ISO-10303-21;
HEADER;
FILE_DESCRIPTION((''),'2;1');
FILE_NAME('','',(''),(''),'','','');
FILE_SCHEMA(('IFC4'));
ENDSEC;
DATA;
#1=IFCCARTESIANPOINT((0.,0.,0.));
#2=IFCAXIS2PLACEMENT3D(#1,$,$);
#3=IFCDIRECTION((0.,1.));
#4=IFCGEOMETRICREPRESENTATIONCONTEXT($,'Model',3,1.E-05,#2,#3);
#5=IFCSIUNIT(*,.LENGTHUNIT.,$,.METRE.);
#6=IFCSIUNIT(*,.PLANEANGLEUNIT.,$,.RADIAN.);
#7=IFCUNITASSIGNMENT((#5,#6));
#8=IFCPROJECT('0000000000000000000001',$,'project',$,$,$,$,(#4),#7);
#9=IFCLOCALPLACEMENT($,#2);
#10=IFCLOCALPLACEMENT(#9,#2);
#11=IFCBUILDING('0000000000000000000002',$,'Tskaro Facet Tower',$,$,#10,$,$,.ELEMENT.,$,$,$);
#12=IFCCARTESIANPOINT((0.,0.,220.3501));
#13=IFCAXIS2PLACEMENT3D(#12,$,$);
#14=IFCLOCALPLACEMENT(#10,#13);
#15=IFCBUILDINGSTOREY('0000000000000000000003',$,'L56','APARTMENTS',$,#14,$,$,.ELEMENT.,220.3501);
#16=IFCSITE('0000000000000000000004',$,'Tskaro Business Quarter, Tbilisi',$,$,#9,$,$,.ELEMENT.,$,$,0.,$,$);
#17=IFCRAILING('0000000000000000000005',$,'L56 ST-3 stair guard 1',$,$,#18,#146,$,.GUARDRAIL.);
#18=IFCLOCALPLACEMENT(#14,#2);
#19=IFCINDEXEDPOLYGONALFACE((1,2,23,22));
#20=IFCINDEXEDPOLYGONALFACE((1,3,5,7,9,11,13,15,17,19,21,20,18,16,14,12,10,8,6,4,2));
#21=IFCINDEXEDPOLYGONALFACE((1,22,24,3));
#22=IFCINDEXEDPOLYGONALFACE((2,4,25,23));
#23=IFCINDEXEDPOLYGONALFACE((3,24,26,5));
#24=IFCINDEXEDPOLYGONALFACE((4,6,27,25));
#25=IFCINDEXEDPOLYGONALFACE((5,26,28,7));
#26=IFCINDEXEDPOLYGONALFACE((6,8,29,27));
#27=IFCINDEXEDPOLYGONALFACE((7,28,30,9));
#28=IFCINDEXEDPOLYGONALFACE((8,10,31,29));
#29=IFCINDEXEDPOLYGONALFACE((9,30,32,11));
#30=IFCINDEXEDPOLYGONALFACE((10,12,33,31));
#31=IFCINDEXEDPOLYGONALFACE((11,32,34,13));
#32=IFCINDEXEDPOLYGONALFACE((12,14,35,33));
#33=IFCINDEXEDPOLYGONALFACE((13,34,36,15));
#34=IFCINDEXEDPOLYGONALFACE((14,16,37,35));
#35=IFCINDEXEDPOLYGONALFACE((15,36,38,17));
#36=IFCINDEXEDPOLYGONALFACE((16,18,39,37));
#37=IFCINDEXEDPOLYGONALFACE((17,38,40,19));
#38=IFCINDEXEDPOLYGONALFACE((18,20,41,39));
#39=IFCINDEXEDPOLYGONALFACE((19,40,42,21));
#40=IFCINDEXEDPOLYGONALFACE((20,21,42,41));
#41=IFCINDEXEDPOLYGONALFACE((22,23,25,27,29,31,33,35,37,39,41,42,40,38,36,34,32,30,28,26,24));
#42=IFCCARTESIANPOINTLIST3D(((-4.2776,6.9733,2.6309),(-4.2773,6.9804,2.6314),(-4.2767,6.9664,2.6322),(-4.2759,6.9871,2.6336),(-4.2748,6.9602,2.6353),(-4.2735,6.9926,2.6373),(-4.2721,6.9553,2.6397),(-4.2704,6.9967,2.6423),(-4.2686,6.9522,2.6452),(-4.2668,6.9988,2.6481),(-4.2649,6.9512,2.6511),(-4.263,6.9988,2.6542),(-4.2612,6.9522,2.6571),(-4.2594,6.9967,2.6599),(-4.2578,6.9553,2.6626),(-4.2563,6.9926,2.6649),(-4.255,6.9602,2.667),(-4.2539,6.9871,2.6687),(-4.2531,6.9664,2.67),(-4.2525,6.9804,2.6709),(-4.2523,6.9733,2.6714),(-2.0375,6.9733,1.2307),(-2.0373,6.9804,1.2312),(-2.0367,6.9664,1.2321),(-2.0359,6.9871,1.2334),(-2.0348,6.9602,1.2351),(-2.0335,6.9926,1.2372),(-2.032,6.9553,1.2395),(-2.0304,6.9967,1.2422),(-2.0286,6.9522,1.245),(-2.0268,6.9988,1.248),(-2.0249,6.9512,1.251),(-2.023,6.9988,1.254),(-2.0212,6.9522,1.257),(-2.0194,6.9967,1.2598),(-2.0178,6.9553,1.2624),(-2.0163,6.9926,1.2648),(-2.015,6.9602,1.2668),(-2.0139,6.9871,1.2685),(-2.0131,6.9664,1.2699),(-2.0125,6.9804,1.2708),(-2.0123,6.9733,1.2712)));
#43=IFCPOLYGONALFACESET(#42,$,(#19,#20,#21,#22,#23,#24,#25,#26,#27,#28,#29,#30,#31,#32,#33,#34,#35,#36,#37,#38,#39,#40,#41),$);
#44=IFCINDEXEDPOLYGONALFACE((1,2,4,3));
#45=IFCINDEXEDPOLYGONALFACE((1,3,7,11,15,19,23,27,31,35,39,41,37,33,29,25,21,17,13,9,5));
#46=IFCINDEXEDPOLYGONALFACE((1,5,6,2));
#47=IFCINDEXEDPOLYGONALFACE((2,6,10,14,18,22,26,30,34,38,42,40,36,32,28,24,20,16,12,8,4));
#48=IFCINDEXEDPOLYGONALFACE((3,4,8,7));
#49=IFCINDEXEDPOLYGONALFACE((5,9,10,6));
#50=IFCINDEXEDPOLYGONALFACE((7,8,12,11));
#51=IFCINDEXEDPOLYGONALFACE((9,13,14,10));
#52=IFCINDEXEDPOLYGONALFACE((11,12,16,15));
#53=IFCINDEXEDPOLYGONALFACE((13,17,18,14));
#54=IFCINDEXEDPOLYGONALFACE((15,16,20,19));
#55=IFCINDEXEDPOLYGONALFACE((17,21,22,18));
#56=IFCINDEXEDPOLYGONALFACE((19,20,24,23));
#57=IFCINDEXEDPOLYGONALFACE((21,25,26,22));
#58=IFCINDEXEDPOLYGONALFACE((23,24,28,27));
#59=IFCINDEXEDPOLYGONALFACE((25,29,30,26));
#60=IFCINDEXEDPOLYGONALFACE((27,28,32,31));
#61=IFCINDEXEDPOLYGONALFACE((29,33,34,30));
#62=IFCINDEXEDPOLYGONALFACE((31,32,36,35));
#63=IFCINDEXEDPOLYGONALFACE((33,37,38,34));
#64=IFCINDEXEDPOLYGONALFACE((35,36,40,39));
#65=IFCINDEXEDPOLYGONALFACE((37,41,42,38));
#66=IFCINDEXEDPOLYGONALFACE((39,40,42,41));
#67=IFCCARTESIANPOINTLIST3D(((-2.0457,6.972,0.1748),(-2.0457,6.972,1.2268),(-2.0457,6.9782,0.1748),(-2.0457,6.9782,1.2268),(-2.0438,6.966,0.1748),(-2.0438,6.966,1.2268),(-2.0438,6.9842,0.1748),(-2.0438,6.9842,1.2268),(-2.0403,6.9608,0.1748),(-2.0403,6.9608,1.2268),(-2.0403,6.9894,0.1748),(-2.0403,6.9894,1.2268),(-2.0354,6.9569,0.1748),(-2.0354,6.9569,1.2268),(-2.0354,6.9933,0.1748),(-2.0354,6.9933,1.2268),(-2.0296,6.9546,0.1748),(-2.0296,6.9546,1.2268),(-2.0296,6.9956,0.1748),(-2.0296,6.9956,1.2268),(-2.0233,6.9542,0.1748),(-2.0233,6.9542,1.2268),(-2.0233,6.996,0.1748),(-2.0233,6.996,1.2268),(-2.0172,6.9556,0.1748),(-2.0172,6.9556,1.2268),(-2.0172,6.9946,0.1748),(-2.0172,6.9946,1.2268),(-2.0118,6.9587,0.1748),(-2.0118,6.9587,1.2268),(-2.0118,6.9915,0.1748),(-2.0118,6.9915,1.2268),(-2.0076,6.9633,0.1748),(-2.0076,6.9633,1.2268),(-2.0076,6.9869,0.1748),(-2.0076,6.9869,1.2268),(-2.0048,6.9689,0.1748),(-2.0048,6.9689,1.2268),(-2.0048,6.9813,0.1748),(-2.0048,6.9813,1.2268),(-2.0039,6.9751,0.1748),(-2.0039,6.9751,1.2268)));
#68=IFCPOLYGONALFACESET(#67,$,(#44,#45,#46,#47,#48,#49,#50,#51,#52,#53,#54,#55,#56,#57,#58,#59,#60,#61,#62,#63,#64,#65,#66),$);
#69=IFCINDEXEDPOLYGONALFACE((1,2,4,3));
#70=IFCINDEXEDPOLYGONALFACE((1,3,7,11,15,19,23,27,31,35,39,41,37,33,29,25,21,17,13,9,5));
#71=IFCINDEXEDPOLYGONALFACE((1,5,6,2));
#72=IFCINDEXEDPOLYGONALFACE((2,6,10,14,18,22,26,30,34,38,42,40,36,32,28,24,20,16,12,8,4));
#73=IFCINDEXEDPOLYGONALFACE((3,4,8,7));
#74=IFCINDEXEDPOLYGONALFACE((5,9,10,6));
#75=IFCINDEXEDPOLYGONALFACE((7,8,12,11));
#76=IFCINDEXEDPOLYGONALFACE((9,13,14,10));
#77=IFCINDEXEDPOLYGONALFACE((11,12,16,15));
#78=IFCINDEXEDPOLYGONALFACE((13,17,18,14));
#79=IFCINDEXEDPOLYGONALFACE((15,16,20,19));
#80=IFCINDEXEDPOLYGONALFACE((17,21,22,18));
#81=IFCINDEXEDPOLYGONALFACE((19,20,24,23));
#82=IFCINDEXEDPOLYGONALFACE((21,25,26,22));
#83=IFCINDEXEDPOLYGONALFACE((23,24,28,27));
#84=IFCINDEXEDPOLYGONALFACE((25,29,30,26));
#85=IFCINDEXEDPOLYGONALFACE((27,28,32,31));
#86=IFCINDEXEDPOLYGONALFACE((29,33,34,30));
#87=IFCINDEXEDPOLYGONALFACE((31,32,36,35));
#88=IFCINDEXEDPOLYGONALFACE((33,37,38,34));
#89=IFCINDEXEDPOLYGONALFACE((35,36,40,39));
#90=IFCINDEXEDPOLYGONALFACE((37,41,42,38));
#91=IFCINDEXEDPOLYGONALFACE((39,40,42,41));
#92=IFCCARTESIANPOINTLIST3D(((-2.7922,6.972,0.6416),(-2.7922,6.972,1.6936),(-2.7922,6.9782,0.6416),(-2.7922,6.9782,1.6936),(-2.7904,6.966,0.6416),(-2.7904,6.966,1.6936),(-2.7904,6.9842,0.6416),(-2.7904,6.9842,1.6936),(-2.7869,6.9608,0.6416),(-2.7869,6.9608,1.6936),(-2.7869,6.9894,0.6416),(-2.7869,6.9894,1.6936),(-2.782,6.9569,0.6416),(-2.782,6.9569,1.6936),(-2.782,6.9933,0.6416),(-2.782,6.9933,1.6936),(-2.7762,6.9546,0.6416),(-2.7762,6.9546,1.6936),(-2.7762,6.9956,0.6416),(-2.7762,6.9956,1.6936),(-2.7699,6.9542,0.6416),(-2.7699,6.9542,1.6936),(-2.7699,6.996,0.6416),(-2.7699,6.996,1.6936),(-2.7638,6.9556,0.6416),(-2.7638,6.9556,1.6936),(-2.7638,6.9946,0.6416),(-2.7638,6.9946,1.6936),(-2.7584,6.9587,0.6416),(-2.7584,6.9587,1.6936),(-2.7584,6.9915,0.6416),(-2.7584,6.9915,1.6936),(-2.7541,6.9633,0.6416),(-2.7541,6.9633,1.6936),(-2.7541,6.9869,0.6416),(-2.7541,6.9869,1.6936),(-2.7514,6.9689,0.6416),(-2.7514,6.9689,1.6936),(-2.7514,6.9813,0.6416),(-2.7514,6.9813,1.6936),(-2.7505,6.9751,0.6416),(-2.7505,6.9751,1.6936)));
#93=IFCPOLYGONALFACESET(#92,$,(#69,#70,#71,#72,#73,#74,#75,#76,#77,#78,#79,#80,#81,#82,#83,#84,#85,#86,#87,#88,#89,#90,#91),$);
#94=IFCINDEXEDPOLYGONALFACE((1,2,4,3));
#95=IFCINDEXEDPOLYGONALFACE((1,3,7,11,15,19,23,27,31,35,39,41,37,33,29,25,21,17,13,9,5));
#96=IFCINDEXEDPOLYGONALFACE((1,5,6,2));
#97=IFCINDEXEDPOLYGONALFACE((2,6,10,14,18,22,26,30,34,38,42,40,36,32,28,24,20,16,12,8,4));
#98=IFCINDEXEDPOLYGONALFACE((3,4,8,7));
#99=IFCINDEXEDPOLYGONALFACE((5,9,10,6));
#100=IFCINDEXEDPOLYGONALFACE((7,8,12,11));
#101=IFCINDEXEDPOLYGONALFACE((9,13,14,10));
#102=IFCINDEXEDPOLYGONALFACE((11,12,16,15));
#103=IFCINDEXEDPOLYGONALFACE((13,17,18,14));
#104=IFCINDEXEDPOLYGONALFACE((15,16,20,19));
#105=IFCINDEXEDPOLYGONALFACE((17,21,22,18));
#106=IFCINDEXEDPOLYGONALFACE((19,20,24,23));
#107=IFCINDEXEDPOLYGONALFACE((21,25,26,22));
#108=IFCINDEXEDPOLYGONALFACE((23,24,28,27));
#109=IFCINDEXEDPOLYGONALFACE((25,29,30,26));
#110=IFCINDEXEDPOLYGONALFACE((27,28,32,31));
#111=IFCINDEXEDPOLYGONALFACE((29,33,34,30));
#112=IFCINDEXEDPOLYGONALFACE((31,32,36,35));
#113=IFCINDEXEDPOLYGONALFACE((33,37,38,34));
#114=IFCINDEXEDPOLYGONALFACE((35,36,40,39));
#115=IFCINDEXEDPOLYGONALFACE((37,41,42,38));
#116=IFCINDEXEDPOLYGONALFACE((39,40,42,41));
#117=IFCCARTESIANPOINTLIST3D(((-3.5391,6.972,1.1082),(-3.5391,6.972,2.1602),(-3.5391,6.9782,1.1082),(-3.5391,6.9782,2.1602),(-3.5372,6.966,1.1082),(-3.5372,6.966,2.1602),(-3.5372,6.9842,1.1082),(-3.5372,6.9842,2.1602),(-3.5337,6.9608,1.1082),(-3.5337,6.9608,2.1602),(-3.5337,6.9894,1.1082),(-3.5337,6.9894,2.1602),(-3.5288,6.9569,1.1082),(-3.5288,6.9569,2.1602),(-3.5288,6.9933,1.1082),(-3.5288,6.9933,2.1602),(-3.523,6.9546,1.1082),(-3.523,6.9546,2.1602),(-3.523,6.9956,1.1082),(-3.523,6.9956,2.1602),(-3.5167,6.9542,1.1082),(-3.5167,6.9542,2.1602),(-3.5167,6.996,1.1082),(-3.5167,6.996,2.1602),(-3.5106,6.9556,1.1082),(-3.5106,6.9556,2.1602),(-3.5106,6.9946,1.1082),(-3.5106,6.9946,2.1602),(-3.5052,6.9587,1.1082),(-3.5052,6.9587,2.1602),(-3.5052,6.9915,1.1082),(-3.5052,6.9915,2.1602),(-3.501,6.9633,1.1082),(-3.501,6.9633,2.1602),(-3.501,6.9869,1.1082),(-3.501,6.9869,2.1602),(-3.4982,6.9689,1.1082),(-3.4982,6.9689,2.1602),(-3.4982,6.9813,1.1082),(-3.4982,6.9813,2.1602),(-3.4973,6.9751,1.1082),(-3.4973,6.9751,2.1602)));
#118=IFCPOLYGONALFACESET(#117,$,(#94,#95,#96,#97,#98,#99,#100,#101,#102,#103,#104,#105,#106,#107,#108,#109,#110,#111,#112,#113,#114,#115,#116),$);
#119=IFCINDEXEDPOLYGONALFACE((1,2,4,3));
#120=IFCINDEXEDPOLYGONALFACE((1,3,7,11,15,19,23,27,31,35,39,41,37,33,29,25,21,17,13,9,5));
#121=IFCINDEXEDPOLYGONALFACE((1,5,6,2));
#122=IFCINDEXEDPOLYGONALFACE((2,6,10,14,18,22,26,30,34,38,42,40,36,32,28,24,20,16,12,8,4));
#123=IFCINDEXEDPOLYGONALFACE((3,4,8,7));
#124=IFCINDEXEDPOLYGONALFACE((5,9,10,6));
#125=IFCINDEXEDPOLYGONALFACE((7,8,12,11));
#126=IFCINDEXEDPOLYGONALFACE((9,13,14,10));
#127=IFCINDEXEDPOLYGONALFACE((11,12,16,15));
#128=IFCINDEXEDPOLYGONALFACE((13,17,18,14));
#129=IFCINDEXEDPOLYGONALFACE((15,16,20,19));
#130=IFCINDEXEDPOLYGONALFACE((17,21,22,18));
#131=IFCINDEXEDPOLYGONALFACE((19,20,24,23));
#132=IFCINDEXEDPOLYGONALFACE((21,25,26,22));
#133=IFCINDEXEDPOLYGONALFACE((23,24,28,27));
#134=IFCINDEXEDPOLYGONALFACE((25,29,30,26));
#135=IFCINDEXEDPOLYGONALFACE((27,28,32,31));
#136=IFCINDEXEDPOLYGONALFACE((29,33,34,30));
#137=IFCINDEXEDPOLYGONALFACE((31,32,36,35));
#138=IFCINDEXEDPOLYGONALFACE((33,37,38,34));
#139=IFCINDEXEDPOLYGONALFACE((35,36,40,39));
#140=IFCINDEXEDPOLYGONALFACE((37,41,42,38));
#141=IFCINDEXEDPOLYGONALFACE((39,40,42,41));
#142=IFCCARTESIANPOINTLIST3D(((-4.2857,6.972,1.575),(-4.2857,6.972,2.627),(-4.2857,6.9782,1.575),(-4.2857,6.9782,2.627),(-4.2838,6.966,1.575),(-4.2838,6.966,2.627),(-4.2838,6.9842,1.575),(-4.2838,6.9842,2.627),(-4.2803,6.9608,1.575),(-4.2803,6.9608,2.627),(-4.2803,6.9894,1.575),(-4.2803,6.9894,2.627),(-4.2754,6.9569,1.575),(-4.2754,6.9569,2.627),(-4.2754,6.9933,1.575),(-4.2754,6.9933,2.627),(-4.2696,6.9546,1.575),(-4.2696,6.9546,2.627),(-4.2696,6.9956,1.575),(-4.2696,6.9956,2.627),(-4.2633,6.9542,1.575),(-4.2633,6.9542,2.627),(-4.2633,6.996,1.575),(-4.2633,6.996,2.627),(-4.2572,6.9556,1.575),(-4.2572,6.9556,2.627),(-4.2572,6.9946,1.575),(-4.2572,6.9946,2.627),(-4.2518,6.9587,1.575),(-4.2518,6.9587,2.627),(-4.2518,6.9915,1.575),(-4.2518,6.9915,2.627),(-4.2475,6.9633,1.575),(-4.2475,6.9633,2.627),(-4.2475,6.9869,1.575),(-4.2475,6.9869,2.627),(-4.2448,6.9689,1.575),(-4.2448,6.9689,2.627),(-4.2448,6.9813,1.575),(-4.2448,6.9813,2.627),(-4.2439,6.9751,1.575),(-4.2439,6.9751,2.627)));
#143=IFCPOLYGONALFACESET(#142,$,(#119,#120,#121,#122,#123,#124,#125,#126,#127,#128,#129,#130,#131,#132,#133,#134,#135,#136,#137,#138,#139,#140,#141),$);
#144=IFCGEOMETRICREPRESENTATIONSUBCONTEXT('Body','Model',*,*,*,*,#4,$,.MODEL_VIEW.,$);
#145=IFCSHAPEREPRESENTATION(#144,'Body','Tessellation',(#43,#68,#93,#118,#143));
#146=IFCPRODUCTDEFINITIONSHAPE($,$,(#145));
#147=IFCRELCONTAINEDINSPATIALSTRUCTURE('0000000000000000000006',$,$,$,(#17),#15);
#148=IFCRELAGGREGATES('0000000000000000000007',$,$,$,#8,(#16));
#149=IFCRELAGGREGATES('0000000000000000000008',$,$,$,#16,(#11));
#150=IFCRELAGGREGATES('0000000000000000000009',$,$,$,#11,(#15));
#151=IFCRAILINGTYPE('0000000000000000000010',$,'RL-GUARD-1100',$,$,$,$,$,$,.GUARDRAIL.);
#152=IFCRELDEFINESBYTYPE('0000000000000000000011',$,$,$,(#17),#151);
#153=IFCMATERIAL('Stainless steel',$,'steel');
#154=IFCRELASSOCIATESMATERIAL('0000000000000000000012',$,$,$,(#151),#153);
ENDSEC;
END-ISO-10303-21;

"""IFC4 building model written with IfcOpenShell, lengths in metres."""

from ifc_helpers import new_model, si_unit, direction, frame, origin, origin_2d, place, context, subcontext, project, spatial, circle, extrude, material, type_object, element, save


model = new_model("IFC4")

# Units and contexts
model_context = context("Model", 3, precision=1e-05, world=origin(), true_north=direction((0.0, 1.0)))
body_context = subcontext(model_context, "Body", "Model", "MODEL_VIEW")
ifc_project = project(units=[si_unit("LENGTHUNIT", "METRE"), si_unit("PLANEANGLEUNIT", "RADIAN")], contexts=[model_context])

# Site, building, storey
site_placement = place(None, origin())
site = spatial("IfcSite", under=ifc_project, at=site_placement, Name="Tskaro Business Quarter, Tbilisi", CompositionType="ELEMENT", RefElevation=0.0)
building_placement = place(site_placement, origin())
building = spatial("IfcBuilding", under=site, at=building_placement, Name="Tskaro Facet Tower", CompositionType="ELEMENT")
storey_placement = place(building_placement, frame((0.0, 0.0, 220.3501)))
storey = spatial("IfcBuildingStorey", under=building, at=storey_placement, Name="L56", Description="APARTMENTS", CompositionType="ELEMENT", Elevation=220.3501)

# Railing
ifc_material_1 = material(Name="Stainless steel", Category="steel")
railing_type_1 = type_object("IfcRailingType", Name="RL-GUARD-1100", PredefinedType="GUARDRAIL", material=ifc_material_1)
railing_1_placement = place(storey_placement, frame((-2.0249, 6.9751, 0.1748)))
element("IfcRailing", 1, at=railing_1_placement, inside=storey, type_object=railing_type_1, Name="L56 ST-3 stair guard 1", PredefinedType="GUARDRAIL", context=body_context, shape_type="SweptSolid", body=[
    extrude(circle(Radius=0.0239, at=origin_2d()), frame((0.0, 0.0, 1.0762), z_axis=(-0.847972, 0.0, 0.53004), x_axis=(0.0, -1.0, 0.0)), (0.0, 0.0, 1.0), 2.6416),
    extrude(circle(Radius=0.021, at=origin_2d()), origin(), (0.0, 0.0, 1.0), 1.052),
    extrude(circle(Radius=0.021, at=origin_2d()), frame((-0.7466, 0.0, 0.4668)), (0.0, 0.0, 1.0), 1.052),
    extrude(circle(Radius=0.021, at=origin_2d()), frame((-1.4934, 0.0, 0.9333)), (0.0, 0.0, 1.0), 1.052),
    extrude(circle(Radius=0.021, at=origin_2d()), frame((-2.24, 0.0, 1.4001)), (0.0, 0.0, 1.0), 1.052),
])

save(model, "model.ifc")
